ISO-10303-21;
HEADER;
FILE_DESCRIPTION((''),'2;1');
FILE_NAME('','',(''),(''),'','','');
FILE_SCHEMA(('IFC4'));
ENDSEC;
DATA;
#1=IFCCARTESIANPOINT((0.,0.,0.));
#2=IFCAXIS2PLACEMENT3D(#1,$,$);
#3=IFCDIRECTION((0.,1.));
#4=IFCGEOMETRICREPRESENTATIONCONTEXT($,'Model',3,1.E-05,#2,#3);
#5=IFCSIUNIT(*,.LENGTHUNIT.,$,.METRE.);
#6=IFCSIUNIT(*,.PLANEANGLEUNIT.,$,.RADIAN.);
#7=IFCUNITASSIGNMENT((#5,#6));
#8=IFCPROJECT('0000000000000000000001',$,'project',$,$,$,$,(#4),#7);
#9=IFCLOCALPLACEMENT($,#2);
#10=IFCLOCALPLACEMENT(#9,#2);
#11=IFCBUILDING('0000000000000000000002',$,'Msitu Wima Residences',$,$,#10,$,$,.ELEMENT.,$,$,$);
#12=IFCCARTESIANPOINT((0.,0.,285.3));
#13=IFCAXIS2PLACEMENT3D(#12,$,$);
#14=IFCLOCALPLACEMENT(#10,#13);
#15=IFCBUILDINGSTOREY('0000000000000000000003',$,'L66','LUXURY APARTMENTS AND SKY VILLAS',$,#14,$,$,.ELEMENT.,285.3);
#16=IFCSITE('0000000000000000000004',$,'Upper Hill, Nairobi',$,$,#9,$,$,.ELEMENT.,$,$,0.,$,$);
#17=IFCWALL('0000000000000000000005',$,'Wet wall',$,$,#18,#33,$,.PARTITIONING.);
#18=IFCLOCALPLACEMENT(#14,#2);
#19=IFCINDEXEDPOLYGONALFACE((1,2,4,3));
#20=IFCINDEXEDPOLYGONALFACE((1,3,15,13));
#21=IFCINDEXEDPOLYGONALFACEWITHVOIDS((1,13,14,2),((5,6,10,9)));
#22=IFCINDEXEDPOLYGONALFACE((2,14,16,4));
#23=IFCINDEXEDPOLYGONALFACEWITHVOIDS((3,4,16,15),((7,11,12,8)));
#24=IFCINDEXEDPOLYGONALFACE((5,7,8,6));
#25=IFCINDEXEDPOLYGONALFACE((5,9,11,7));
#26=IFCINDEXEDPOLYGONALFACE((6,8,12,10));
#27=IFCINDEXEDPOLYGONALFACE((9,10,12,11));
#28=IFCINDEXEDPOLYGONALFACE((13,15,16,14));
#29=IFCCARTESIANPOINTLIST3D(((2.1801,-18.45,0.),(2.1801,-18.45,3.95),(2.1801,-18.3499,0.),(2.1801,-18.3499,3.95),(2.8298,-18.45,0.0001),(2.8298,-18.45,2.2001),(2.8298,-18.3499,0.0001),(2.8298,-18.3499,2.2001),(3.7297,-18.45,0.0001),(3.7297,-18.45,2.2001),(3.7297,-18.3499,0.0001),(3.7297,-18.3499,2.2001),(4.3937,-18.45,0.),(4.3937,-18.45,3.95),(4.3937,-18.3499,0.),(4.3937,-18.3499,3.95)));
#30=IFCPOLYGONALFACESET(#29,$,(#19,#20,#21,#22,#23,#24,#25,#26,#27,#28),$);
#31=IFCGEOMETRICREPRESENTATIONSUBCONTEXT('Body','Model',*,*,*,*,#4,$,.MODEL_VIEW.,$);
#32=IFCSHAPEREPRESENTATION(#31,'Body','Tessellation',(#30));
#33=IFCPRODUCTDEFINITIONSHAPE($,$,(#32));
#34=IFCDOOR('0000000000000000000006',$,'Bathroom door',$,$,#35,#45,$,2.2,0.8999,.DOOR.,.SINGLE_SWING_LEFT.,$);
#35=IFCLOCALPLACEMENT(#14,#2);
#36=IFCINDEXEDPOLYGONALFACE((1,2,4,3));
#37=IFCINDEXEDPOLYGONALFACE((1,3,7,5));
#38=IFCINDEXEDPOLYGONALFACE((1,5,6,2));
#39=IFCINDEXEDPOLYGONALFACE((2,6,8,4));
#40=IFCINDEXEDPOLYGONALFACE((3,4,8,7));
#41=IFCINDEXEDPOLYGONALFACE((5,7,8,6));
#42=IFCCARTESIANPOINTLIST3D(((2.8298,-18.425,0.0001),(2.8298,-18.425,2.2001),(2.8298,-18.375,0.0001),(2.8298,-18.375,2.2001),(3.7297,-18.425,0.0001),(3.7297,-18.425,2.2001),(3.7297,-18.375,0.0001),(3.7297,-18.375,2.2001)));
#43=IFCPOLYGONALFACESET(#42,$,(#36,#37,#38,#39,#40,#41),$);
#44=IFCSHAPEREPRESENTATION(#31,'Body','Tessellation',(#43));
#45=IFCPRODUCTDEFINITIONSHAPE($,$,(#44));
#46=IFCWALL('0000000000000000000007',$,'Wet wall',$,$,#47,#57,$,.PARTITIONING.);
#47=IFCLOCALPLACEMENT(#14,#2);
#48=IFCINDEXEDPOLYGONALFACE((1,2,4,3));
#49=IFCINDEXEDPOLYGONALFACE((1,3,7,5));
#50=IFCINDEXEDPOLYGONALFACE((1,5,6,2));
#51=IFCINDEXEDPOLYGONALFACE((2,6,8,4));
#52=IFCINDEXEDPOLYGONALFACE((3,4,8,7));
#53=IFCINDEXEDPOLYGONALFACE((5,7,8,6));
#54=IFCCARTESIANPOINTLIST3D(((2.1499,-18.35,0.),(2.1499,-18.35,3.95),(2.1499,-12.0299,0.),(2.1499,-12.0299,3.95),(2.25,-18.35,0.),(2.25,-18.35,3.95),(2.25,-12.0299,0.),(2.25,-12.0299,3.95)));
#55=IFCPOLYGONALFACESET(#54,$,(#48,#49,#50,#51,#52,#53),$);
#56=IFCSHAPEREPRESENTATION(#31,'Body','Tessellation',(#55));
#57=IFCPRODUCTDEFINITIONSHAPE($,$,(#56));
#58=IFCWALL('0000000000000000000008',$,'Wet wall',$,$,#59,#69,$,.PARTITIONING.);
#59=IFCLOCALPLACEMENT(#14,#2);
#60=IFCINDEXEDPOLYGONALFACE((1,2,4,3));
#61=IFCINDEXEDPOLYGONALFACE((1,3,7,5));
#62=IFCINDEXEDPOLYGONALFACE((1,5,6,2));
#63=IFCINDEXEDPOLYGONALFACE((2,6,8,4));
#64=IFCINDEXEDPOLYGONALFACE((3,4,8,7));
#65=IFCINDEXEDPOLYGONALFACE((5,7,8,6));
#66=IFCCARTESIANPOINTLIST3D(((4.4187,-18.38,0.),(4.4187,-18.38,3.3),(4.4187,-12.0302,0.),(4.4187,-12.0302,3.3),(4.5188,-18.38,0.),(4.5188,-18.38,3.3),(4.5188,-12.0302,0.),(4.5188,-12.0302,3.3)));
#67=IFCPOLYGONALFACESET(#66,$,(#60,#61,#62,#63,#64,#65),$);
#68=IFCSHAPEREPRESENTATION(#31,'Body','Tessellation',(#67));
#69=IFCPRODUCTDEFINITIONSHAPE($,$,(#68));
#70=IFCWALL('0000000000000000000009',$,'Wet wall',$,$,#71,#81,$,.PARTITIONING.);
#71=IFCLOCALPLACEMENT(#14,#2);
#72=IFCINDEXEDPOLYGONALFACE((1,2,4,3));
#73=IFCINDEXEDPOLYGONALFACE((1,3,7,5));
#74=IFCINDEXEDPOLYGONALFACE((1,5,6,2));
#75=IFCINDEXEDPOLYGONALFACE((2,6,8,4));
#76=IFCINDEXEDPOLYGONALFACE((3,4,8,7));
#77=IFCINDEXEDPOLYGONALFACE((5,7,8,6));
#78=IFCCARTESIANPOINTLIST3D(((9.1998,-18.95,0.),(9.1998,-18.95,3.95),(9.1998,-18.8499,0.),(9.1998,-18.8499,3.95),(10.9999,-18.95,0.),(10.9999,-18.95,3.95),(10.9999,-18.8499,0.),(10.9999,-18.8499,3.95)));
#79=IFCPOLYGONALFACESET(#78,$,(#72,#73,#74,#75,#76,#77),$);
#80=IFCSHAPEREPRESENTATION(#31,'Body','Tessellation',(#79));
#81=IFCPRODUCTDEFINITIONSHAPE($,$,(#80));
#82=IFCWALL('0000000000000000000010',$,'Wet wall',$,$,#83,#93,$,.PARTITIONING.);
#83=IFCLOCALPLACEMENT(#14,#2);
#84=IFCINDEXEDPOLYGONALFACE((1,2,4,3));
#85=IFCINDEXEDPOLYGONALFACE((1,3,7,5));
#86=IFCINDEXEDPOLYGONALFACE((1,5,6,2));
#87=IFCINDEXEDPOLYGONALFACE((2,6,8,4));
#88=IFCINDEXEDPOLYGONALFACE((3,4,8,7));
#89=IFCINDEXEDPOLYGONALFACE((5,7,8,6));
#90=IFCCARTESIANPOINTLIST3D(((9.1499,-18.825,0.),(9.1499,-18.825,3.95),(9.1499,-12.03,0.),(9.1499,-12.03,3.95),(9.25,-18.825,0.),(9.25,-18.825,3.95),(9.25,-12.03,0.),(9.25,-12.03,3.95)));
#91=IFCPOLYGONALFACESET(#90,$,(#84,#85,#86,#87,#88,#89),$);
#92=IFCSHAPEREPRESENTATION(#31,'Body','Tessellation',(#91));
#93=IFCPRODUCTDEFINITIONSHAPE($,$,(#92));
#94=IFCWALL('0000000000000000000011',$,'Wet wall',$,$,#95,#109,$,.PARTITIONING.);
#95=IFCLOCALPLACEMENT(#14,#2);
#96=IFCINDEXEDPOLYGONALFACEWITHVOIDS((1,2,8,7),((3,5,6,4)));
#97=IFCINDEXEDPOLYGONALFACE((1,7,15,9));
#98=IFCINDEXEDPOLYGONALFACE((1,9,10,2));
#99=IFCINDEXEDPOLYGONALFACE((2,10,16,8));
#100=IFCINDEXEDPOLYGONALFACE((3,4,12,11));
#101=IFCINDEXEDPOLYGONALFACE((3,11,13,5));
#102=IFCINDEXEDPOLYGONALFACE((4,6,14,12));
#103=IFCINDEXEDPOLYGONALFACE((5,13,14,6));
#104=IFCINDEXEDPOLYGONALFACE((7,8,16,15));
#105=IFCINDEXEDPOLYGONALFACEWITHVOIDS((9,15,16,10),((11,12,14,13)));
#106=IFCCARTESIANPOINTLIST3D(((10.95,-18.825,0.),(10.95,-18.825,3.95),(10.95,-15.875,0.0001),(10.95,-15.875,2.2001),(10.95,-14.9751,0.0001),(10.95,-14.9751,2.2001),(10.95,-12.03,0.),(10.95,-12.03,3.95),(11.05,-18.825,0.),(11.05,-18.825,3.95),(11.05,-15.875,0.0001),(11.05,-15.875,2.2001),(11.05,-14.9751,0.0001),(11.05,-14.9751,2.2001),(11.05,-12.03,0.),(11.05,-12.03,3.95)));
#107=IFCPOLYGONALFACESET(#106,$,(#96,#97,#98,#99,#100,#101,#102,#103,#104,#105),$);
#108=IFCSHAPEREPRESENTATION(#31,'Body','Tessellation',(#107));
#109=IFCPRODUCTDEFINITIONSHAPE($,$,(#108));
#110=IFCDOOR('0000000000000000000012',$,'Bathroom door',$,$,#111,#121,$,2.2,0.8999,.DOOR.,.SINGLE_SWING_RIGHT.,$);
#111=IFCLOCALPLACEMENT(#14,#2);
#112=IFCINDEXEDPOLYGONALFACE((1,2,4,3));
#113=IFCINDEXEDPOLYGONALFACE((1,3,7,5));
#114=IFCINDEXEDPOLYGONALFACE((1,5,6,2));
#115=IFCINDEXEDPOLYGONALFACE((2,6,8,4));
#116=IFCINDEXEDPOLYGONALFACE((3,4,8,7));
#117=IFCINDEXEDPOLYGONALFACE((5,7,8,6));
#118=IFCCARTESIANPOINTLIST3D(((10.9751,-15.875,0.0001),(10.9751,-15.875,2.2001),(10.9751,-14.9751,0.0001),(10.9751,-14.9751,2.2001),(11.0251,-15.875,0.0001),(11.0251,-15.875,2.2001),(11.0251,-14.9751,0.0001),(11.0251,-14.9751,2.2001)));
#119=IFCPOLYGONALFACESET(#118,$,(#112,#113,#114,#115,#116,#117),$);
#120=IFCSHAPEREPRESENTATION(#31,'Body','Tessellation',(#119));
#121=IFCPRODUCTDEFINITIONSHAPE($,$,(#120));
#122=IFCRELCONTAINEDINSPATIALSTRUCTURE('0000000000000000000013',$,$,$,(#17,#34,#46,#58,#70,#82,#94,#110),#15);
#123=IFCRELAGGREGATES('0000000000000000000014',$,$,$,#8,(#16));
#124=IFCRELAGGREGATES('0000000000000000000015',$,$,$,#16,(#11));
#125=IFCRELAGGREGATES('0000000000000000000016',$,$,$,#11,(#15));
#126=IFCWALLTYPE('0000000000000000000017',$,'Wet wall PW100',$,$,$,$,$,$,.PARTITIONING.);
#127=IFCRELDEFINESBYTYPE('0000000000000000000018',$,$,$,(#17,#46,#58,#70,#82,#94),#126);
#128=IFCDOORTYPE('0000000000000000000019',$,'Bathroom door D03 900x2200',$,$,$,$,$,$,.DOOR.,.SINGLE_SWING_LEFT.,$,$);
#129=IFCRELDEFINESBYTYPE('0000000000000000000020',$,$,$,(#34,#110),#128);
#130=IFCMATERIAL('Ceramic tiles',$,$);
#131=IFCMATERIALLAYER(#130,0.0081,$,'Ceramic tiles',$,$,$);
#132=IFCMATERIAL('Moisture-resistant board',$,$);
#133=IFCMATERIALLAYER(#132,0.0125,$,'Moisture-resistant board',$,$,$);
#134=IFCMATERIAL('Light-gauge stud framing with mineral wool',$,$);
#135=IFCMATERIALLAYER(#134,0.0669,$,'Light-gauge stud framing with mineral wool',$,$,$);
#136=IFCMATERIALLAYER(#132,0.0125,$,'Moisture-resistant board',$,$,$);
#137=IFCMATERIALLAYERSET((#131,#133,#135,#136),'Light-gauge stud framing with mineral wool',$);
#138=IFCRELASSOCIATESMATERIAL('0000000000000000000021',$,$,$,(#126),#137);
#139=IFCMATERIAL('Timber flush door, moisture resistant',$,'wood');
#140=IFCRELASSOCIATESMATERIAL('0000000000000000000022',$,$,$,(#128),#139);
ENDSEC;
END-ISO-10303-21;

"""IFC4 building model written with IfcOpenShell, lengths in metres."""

from ifc_helpers import new_model, si_unit, direction, frame, frame_2d, origin, place, context, subcontext, project, spatial, rectangle, extrude, material, layer, layer_set, type_object, element, fill, save


model = new_model("IFC4")

# Units and contexts
model_context = context("Model", 3, precision=1e-05, world=origin(), true_north=direction((0.0, 1.0)))
body_context = subcontext(model_context, "Body", "Model", "MODEL_VIEW")
ifc_project = project(units=[si_unit("LENGTHUNIT", "METRE"), si_unit("PLANEANGLEUNIT", "RADIAN")], contexts=[model_context])

# Site, building, storey
site_placement = place(None, origin())
site = spatial("IfcSite", under=ifc_project, at=site_placement, Name="Upper Hill, Nairobi", CompositionType="ELEMENT", RefElevation=0.0)
building_placement = place(site_placement, origin())
building = spatial("IfcBuilding", under=site, at=building_placement, Name="Msitu Wima Residences", CompositionType="ELEMENT")
storey_placement = place(building_placement, frame((0.0, 0.0, 285.3)))
storey = spatial("IfcBuildingStorey", under=building, at=storey_placement, Name="L66", Description="LUXURY APARTMENTS AND SKY VILLAS", CompositionType="ELEMENT", Elevation=285.3)

# Wall, opening, door
ifc_material_1 = material(Name="Ceramic tiles")
ifc_layer_1 = layer(ifc_material_1, 0.0081, Name="Ceramic tiles")
ifc_material_2 = material(Name="Moisture-resistant board")
ifc_layer_2 = layer(ifc_material_2, 0.0125, Name="Moisture-resistant board")
ifc_material_3 = material(Name="Light-gauge stud framing with mineral wool")
ifc_layer_3 = layer(ifc_material_3, 0.0669, Name="Light-gauge stud framing with mineral wool")
ifc_layer_4 = layer(ifc_material_2, 0.0125, Name="Moisture-resistant board")
ifc_layer_set_1 = layer_set([ifc_layer_1, ifc_layer_2, ifc_layer_3, ifc_layer_4], Name="Light-gauge stud framing with mineral wool")
wall_type_1 = type_object("IfcWallType", Name="Wet wall PW100", PredefinedType="PARTITIONING", material=ifc_layer_set_1)
wall_1_placement = place(storey_placement, frame((2.1799, -18.3999, 0.0), z_axis=(0.0, 0.0, 1.0), x_axis=(1.0, 0.0, 0.0)))
wall_1 = element("IfcWall", 1, at=wall_1_placement, inside=storey, type_object=wall_type_1, Name="Wet wall", PredefinedType="PARTITIONING", context=body_context, shape_type="SweptSolid", body=[
    extrude(rectangle(XDim=2.2136, YDim=0.1001, at=frame_2d((1.1069, 0.0))), origin(), (0.0, 0.0, 1.0), 3.95),
])
opening_1_placement = place(wall_1_placement, frame((0.6499, 0.0, 0.0)))
opening_1 = element("IfcOpeningElement", 2, at=opening_1_placement, cuts=wall_1, PredefinedType="OPENING", context=body_context, shape_type="SweptSolid", body=[
    extrude(rectangle(XDim=0.8999, YDim=2.2, at=frame_2d((0.45, 1.1001))), frame((0.0, 0.0601, 0.0), z_axis=(0.0, -1.0, 0.0), x_axis=(1.0, 0.0, 0.0)), (0.0, 0.0, 1.0), 0.1201),
])
ifc_material_4 = material(Name="Timber flush door, moisture resistant", Category="wood")
door_type_1 = type_object("IfcDoorType", Name="Bathroom door D03 900x2200", OperationType="SINGLE_SWING_LEFT", PredefinedType="DOOR", material=ifc_material_4)
door_1_placement = place(opening_1_placement, origin())
door_1 = element("IfcDoor", 3, at=door_1_placement, inside=storey, type_object=door_type_1, Name="Bathroom door", OperationType="SINGLE_SWING_LEFT", OverallHeight=2.2, OverallWidth=0.8999, PredefinedType="DOOR", context=body_context, shape_type="SweptSolid", body=[
    extrude(rectangle(XDim=0.8999, YDim=2.2, at=frame_2d((0.45, 1.1001))), frame((0.0, 0.0249, 0.0), z_axis=(0.0, -1.0, 0.0), x_axis=(1.0, 0.0, 0.0)), (0.0, 0.0, 1.0), 0.05),
])
fill(opening_1, door_1)

# Walls
wall_2_placement = place(storey_placement, frame((2.2, -18.3501, 0.0), z_axis=(0.0, 0.0, 1.0), x_axis=(0.0, 1.0, 0.0)))
element("IfcWall", 4, at=wall_2_placement, inside=storey, type_object=wall_type_1, Name="Wet wall", PredefinedType="PARTITIONING", context=body_context, shape_type="SweptSolid", body=[
    extrude(rectangle(XDim=6.3201, YDim=0.1001, at=frame_2d((3.1602, 0.0))), origin(), (0.0, 0.0, 1.0), 3.95),
])
wall_3_placement = place(storey_placement, frame((4.4688, -18.3799, 0.0), z_axis=(0.0, 0.0, 1.0), x_axis=(0.0, 1.0, 0.0)))
element("IfcWall", 5, at=wall_3_placement, inside=storey, type_object=wall_type_1, Name="Wet wall", PredefinedType="PARTITIONING", context=body_context, shape_type="SweptSolid", body=[
    extrude(rectangle(XDim=6.3499, YDim=0.1001, at=frame_2d((3.1748, 0.0))), origin(), (0.0, 0.0, 1.0), 3.3),
])
wall_4_placement = place(storey_placement, frame((9.2, -18.8999, 0.0), z_axis=(0.0, 0.0, 1.0), x_axis=(1.0, 0.0, 0.0)))
element("IfcWall", 6, at=wall_4_placement, inside=storey, type_object=wall_type_1, Name="Wet wall", PredefinedType="PARTITIONING", context=body_context, shape_type="SweptSolid", body=[
    extrude(rectangle(XDim=1.8, YDim=0.1001, at=frame_2d((0.8999, 0.0))), origin(), (0.0, 0.0, 1.0), 3.95),
])
wall_5_placement = place(storey_placement, frame((9.2, -18.825, 0.0), z_axis=(0.0, 0.0, 1.0), x_axis=(0.0, 1.0, 0.0)))
element("IfcWall", 7, at=wall_5_placement, inside=storey, type_object=wall_type_1, Name="Wet wall", PredefinedType="PARTITIONING", context=body_context, shape_type="SweptSolid", body=[
    extrude(rectangle(XDim=6.7949, YDim=0.1001, at=frame_2d((3.3975, 0.0))), origin(), (0.0, 0.0, 1.0), 3.95),
])

# Wall, opening, door
wall_6_placement = place(storey_placement, frame((11.0, -18.825, 0.0), z_axis=(0.0, 0.0, 1.0), x_axis=(0.0, 1.0, 0.0)))
wall_6 = element("IfcWall", 8, at=wall_6_placement, inside=storey, type_object=wall_type_1, Name="Wet wall", PredefinedType="PARTITIONING", context=body_context, shape_type="SweptSolid", body=[
    extrude(rectangle(XDim=6.7949, YDim=0.1001, at=frame_2d((3.3975, 0.0))), origin(), (0.0, 0.0, 1.0), 3.95),
])
opening_2_placement = place(wall_6_placement, frame((2.95, 0.0, 0.0)))
opening_2 = element("IfcOpeningElement", 9, at=opening_2_placement, cuts=wall_6, PredefinedType="OPENING", context=body_context, shape_type="SweptSolid", body=[
    extrude(rectangle(XDim=0.8999, YDim=2.2, at=frame_2d((0.45, 1.1001))), frame((0.0, 0.0601, 0.0), z_axis=(0.0, -1.0, 0.0), x_axis=(1.0, 0.0, 0.0)), (0.0, 0.0, 1.0), 0.1201),
])
door_2_placement = place(opening_2_placement, origin())
door_2 = element("IfcDoor", 10, at=door_2_placement, inside=storey, type_object=door_type_1, Name="Bathroom door", OperationType="SINGLE_SWING_RIGHT", OverallHeight=2.2, OverallWidth=0.8999, PredefinedType="DOOR", context=body_context, shape_type="SweptSolid", body=[
    extrude(rectangle(XDim=0.8999, YDim=2.2, at=frame_2d((0.45, 1.1001))), frame((0.0, 0.0249, 0.0), z_axis=(0.0, -1.0, 0.0), x_axis=(1.0, 0.0, 0.0)), (0.0, 0.0, 1.0), 0.05),
])
fill(opening_2, door_2)

save(model, "model.ifc")
